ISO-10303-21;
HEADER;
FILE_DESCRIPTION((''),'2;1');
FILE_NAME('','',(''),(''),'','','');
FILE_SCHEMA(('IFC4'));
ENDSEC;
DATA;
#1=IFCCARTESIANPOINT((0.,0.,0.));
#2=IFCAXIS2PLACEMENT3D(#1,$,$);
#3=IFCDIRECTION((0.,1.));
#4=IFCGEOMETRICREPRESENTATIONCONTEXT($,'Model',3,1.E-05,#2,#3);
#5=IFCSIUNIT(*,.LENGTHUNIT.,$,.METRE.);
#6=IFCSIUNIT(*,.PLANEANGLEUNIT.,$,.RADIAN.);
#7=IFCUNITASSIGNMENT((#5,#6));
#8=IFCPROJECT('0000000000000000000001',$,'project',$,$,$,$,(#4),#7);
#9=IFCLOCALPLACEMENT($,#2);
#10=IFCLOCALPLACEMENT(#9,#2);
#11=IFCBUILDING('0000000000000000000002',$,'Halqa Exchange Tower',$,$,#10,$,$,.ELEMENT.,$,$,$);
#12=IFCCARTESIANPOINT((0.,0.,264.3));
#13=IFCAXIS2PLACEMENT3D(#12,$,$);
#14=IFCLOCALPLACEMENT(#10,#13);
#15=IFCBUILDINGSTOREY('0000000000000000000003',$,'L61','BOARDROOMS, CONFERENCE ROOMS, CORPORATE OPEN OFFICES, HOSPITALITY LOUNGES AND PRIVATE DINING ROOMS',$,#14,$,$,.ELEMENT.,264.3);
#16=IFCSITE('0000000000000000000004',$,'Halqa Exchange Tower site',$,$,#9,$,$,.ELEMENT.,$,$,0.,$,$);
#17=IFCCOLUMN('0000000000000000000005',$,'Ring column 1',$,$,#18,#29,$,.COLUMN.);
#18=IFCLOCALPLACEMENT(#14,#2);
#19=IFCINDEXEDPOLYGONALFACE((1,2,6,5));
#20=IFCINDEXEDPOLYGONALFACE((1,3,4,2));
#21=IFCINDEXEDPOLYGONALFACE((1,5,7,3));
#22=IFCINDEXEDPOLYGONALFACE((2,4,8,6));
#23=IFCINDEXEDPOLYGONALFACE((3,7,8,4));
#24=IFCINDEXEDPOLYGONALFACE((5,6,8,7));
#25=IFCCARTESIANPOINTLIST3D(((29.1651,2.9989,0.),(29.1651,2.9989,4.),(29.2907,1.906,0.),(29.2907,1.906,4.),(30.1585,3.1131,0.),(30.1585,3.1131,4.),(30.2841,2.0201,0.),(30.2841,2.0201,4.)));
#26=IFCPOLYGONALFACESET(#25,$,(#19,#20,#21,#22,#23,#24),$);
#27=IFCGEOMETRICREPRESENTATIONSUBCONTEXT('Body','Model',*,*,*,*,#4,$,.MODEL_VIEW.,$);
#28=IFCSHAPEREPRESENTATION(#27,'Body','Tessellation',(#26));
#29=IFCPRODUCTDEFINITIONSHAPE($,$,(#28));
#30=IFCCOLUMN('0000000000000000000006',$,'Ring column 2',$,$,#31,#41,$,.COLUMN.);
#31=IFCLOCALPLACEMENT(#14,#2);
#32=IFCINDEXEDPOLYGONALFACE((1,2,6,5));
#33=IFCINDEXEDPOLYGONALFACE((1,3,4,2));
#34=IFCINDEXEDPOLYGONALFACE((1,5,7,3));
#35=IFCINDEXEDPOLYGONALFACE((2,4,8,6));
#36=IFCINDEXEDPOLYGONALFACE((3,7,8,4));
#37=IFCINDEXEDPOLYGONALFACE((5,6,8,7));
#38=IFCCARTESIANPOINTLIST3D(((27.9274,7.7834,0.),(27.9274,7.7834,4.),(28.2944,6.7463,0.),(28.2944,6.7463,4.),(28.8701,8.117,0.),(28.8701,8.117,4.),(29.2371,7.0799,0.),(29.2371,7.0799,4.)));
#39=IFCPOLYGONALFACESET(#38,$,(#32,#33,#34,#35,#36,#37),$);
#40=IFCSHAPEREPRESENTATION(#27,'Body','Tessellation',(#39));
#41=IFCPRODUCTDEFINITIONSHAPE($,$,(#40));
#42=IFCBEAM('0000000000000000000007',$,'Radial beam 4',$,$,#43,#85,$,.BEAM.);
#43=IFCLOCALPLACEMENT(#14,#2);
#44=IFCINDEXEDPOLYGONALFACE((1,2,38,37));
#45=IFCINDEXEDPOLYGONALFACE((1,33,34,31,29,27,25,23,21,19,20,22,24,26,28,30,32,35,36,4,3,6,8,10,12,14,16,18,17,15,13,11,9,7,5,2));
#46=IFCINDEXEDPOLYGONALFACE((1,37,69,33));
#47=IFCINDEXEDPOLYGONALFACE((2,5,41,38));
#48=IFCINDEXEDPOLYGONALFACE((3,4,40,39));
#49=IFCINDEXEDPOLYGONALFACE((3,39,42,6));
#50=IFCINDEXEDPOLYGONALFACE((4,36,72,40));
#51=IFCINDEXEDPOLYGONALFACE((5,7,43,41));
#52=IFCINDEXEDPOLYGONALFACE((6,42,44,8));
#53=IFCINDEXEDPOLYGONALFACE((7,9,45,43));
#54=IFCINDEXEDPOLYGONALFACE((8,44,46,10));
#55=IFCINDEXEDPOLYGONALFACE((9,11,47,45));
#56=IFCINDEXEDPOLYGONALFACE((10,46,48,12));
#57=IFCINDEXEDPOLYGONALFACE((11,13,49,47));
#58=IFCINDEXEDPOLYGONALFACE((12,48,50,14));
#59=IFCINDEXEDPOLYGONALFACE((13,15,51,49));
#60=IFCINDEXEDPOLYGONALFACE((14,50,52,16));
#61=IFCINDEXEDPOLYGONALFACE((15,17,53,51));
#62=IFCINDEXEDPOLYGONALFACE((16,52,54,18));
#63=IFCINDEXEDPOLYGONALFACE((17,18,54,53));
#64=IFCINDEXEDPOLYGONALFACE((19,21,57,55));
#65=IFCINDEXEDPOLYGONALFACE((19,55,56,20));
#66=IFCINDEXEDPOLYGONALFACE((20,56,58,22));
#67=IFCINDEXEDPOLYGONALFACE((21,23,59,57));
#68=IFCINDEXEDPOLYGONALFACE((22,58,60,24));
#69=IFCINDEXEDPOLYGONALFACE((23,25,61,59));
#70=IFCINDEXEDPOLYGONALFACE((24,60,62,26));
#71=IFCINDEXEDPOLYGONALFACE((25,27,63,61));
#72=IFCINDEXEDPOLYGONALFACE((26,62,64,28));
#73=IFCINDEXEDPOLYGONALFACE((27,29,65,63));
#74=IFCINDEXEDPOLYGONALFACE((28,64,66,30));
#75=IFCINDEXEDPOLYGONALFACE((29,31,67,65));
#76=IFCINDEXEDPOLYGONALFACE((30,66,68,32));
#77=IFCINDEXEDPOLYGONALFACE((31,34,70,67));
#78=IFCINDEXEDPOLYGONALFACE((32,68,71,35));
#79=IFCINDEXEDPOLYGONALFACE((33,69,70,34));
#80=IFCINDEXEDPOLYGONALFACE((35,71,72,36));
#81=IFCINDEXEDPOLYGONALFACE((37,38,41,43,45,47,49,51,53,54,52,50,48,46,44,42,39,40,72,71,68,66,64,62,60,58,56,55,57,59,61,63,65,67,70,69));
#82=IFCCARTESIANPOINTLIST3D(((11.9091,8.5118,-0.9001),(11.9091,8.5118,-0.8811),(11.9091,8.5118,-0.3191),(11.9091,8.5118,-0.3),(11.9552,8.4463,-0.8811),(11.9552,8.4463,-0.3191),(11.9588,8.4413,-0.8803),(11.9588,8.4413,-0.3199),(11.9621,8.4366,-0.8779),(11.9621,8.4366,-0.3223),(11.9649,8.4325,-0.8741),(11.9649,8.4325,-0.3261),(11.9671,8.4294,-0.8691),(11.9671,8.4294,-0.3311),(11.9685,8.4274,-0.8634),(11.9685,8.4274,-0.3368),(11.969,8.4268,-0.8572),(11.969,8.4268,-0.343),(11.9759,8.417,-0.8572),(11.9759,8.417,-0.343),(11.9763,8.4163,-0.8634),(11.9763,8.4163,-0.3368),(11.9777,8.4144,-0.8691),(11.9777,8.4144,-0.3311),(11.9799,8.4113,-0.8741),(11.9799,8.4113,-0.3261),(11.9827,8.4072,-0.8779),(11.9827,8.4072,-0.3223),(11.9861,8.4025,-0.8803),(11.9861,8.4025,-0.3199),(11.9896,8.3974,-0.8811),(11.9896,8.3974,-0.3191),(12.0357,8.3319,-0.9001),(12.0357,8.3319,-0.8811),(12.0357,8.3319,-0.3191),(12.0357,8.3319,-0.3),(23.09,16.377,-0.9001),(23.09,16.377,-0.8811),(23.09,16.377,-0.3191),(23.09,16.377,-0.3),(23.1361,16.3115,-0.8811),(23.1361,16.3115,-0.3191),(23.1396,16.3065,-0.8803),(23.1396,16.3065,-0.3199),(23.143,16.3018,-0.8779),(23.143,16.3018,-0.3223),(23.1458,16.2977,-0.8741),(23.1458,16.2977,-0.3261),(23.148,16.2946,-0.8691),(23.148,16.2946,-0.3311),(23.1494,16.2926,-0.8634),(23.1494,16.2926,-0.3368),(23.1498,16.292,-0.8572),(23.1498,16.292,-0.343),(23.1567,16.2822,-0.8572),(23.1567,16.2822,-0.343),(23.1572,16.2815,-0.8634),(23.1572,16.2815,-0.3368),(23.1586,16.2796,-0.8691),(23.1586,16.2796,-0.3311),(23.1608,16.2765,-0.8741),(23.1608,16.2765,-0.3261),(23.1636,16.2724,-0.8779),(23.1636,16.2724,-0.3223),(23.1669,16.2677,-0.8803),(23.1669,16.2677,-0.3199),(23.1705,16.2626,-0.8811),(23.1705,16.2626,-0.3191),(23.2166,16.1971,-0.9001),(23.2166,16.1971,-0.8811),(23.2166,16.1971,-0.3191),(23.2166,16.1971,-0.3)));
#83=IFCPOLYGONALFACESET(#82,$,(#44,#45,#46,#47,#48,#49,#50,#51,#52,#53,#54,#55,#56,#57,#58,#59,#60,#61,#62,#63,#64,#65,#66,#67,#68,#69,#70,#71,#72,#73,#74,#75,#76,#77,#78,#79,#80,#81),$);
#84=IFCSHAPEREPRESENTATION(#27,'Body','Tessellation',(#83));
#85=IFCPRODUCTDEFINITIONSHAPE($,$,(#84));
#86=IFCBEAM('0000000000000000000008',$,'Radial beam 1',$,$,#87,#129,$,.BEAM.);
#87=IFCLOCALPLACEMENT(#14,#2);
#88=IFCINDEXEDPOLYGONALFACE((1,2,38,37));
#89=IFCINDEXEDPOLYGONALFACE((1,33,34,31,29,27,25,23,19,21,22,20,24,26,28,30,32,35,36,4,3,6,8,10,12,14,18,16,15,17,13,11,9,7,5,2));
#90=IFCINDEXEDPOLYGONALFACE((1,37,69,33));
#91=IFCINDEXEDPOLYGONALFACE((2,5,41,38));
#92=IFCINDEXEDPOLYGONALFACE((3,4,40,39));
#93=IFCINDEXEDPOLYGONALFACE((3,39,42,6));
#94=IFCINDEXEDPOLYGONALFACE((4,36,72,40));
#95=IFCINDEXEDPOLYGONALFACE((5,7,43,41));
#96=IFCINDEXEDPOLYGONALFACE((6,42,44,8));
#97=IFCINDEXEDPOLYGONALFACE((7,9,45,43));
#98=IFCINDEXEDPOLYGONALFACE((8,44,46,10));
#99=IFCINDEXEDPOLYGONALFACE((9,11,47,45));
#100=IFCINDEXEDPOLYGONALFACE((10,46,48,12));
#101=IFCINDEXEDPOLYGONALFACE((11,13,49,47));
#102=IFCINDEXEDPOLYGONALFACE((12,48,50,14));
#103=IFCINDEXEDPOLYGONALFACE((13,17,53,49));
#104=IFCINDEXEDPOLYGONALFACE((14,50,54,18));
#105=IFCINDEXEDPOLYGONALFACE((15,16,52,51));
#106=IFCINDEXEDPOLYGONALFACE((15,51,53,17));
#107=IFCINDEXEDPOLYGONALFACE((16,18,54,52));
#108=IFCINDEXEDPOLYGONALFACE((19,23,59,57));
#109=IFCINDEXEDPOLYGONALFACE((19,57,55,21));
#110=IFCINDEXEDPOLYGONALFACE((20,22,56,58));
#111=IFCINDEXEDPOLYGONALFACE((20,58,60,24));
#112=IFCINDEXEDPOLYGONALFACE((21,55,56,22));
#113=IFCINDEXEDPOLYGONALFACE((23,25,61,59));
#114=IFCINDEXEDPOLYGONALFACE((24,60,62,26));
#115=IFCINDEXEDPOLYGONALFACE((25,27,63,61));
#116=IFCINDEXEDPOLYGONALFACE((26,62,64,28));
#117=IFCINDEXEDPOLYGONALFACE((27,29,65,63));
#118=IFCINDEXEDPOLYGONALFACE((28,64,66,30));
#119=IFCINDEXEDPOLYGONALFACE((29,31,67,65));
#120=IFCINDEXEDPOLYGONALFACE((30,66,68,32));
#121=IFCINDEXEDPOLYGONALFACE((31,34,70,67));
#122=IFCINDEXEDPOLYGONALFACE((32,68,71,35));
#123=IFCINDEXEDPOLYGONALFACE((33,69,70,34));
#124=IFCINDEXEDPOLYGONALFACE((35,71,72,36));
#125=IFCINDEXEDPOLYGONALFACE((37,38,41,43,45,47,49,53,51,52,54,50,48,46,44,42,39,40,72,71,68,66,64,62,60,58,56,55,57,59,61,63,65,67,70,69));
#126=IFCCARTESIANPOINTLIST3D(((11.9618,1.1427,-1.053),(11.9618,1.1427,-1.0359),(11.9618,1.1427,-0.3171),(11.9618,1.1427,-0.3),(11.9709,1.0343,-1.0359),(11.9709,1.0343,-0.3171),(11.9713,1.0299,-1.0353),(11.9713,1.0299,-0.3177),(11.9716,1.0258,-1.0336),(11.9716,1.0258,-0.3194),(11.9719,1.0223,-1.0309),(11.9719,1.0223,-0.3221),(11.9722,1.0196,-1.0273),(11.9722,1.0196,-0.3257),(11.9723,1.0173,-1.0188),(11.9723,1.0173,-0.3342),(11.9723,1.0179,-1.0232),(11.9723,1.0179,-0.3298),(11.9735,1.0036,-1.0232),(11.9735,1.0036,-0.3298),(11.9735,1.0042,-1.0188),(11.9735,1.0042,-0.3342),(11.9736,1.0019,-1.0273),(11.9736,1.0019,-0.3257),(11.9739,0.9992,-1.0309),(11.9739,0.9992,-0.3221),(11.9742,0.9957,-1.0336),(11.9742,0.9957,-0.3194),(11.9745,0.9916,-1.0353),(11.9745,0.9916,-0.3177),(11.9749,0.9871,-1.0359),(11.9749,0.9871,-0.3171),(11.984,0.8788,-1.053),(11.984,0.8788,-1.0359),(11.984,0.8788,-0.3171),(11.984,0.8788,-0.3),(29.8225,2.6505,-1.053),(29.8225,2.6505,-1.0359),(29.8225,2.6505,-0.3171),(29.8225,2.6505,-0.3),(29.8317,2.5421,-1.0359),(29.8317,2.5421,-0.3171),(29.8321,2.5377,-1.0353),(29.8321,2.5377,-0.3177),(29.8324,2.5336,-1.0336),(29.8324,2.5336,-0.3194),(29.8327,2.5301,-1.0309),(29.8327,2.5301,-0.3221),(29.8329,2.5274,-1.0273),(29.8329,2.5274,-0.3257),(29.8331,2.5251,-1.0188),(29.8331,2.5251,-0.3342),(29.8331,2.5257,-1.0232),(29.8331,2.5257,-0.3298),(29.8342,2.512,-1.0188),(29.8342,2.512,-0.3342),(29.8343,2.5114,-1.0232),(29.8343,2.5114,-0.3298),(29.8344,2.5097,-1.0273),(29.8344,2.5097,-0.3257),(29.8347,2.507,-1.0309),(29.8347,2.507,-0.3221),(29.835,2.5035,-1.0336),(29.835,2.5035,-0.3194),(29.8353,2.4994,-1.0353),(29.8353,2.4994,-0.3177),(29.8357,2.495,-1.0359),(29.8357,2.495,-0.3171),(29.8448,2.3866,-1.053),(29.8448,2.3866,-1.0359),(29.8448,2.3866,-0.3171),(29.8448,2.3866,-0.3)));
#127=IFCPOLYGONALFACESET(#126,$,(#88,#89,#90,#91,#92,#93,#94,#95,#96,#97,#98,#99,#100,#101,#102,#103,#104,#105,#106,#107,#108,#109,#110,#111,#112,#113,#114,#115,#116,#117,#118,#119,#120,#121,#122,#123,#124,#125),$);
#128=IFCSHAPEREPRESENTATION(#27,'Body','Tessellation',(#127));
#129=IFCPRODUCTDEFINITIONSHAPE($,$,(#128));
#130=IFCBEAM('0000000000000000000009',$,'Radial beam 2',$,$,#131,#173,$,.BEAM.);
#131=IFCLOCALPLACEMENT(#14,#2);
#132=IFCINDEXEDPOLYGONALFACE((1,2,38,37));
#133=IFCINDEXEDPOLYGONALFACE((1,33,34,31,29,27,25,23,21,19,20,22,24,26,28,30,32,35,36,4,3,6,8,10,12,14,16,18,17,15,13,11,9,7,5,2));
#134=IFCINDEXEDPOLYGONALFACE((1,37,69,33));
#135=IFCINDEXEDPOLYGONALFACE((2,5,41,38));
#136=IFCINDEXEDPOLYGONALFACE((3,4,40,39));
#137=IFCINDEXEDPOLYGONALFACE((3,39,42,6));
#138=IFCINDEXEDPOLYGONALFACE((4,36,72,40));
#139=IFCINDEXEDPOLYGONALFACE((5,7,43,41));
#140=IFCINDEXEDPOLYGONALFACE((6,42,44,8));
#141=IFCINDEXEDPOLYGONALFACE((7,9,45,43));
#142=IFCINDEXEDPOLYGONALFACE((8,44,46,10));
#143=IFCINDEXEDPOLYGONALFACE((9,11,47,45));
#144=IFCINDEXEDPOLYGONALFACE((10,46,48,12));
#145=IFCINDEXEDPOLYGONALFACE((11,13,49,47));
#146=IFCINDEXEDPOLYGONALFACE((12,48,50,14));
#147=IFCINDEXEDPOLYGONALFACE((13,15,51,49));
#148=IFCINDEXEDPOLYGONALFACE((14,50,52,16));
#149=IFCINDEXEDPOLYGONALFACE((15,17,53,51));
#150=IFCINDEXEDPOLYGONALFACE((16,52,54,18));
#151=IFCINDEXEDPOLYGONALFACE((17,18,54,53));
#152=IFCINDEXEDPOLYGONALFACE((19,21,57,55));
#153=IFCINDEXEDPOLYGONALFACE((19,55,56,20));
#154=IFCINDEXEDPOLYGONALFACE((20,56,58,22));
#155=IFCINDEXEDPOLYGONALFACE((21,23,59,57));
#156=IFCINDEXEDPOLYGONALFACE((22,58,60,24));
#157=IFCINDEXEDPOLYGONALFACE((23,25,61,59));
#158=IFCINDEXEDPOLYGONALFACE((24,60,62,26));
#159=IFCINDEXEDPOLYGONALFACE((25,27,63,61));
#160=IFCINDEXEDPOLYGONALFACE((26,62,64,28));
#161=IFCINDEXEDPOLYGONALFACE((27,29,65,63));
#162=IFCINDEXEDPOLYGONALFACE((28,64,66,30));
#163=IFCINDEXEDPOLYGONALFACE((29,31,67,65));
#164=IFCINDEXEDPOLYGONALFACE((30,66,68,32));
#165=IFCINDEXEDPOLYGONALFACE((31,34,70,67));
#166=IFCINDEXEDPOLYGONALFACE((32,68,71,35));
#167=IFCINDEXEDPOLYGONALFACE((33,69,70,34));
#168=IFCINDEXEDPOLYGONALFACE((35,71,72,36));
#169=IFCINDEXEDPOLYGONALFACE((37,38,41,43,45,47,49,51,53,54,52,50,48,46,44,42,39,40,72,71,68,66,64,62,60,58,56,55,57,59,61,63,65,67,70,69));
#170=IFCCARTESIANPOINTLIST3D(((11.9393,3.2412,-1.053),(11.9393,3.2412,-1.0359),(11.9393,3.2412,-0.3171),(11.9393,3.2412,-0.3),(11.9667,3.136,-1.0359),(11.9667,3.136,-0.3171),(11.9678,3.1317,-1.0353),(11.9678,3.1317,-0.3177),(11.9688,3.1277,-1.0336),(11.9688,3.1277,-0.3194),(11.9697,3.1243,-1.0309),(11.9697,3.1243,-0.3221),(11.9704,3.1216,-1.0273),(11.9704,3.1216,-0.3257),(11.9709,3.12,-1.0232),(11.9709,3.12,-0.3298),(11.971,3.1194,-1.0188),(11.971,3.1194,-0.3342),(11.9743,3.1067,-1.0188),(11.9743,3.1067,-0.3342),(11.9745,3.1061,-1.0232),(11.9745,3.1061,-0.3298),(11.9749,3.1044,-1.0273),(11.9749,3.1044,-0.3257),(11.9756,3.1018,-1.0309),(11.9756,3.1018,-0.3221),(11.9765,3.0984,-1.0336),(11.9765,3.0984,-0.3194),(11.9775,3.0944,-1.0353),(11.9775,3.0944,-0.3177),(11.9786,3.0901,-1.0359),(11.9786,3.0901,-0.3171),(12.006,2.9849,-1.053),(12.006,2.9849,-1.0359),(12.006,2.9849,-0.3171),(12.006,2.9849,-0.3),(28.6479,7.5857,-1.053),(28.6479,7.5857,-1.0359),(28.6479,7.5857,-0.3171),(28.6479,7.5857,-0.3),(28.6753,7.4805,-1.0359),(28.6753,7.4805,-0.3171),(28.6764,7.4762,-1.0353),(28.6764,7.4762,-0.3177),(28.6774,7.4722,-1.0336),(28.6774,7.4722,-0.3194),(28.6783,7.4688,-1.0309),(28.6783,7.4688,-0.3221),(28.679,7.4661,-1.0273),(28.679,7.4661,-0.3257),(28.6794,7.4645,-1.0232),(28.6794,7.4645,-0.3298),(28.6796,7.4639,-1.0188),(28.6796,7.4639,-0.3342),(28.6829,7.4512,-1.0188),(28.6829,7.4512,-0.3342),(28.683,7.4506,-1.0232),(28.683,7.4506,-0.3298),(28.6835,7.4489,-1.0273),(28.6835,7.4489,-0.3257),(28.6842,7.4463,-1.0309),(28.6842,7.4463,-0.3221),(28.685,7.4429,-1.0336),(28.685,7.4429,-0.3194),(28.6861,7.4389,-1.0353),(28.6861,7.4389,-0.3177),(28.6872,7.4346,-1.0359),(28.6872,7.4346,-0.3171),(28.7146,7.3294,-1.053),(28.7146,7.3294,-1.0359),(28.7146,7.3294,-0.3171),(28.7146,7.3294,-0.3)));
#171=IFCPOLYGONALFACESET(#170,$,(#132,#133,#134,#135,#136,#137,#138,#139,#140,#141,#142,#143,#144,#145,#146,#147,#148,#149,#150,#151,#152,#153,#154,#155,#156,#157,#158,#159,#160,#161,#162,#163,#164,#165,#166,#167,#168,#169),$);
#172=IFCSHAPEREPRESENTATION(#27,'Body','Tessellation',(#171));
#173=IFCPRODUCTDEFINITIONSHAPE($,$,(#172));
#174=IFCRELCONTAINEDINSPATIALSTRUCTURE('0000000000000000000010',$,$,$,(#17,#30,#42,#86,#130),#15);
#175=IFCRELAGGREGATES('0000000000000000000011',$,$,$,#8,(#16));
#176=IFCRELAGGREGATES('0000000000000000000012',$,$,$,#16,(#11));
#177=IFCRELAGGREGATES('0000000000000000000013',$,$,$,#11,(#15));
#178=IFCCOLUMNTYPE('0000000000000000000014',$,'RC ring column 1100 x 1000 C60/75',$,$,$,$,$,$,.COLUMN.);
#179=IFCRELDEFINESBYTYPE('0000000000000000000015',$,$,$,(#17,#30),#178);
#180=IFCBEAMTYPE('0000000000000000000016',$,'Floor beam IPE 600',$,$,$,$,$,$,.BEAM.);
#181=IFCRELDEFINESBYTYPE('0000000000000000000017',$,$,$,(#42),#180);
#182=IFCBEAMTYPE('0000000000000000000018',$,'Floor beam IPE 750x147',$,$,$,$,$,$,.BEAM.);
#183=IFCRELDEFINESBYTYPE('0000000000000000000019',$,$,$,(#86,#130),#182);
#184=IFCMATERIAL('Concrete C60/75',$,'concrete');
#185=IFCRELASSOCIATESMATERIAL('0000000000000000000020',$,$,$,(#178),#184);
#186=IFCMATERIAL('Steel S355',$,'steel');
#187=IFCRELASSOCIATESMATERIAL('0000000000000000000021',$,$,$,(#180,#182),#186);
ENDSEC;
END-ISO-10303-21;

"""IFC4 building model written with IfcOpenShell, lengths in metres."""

from ifc_helpers import new_model, si_unit, direction, frame, origin, origin_2d, place, context, subcontext, project, spatial, rectangle, i_section, extrude, material, material_profile, profile_set, type_object, element, save


model = new_model("IFC4")

# Units and contexts
model_context = context("Model", 3, precision=1e-05, world=origin(), true_north=direction((0.0, 1.0)))
body_context = subcontext(model_context, "Body", "Model", "MODEL_VIEW")
ifc_project = project(units=[si_unit("LENGTHUNIT", "METRE"), si_unit("PLANEANGLEUNIT", "RADIAN")], contexts=[model_context])

# Site, building, storey
site_placement = place(None, origin())
site = spatial("IfcSite", under=ifc_project, at=site_placement, Name="Halqa Exchange Tower site", CompositionType="ELEMENT", RefElevation=0.0)
building_placement = place(site_placement, origin())
building = spatial("IfcBuilding", under=site, at=building_placement, Name="Halqa Exchange Tower", CompositionType="ELEMENT")
storey_placement = place(building_placement, frame((0.0, 0.0, 264.3)))
storey = spatial("IfcBuildingStorey", under=building, at=storey_placement, Name="L61", Description="BOARDROOMS, CONFERENCE ROOMS, CORPORATE OPEN OFFICES, HOSPITALITY LOUNGES AND PRIVATE DINING ROOMS", CompositionType="ELEMENT", Elevation=264.3)

# Columns
ifc_material_1 = material(Name="Concrete C60/75", Category="concrete")
ifc_material_profile_1 = material_profile(ifc_material_1, rectangle(XDim=1.1001, YDim=1.0, at=origin_2d()), Name="1100 x 1000")
ifc_profile_set_1 = profile_set([ifc_material_profile_1], Name="Concrete C60/75")
column_type = type_object("IfcColumnType", Name="RC ring column 1100 x 1000 C60/75", PredefinedType="COLUMN", material=ifc_profile_set_1)
for number, where, z_axis, x_axis, name in (
    (1, (29.7246, 2.5095, 0.0), (0.0, 0.0, 1.0), (-0.114155, 0.993463, 0.0), "Ring column 1"),
    (2, (28.5823, 7.4316, 0.0), (0.0, 0.0, 1.0), (-0.333628, 0.942705, 0.0), "Ring column 2"),
):
    element("IfcColumn", number, at=place(storey_placement, frame(where, z_axis=z_axis, x_axis=x_axis)), inside=storey, type_object=column_type, Name=name, PredefinedType="COLUMN", context=body_context, shape_type="SweptSolid", body=[
        extrude(rectangle(XDim=1.1001, YDim=1.0, at=origin_2d()), origin(), (0.0, 0.0, 1.0), 4.0),
    ])

# Beams
ifc_material_2 = material(Name="Steel S355", Category="steel")
ifc_material_profile_2 = material_profile(ifc_material_2, i_section(OverallWidth=0.22, OverallDepth=0.6001, WebThickness=0.012, FlangeThickness=0.019, FilletRadius=0.0239, at=origin_2d()), Name="IPE 600")
ifc_profile_set_2 = profile_set([ifc_material_profile_2], Name="Steel S355")
beam_type_1 = type_object("IfcBeamType", Name="Floor beam IPE 600", PredefinedType="BEAM", material=ifc_profile_set_2)
beam_1_placement = place(storey_placement, frame((11.9724, 8.4219, -0.6001), z_axis=(0.817903, 0.575356, 0.0), x_axis=(-0.575356, 0.817903, 0.0)))
element("IfcBeam", 3, at=beam_1_placement, inside=storey, type_object=beam_type_1, Name="Radial beam 4", PredefinedType="BEAM", context=body_context, shape_type="SweptSolid", body=[
    extrude(i_section(OverallWidth=0.22, OverallDepth=0.6001, WebThickness=0.012, FlangeThickness=0.019, FilletRadius=0.0239, at=origin_2d()), origin(), (0.0, 0.0, 1.0), 13.6702),
])
ifc_material_profile_3 = material_profile(ifc_material_2, i_section(OverallWidth=0.2649, OverallDepth=0.7529, WebThickness=0.0132, FlangeThickness=0.0171, FilletRadius=0.0171, at=origin_2d()), Name="IPE 750x147")
ifc_profile_set_3 = profile_set([ifc_material_profile_3], Name="Steel S355")
beam_type_2 = type_object("IfcBeamType", Name="Floor beam IPE 750x147", PredefinedType="BEAM", material=ifc_profile_set_3)
beam_2_placement = place(storey_placement, frame((11.9729, 1.0107, -0.6765), z_axis=(0.996456, 0.084121, 0.0), x_axis=(-0.084121, 0.996456, 0.0)))
element("IfcBeam", 4, at=beam_2_placement, inside=storey, type_object=beam_type_2, Name="Radial beam 1", PredefinedType="BEAM", context=body_context, shape_type="SweptSolid", body=[
    extrude(i_section(OverallWidth=0.2649, OverallDepth=0.7529, WebThickness=0.0132, FlangeThickness=0.0171, FilletRadius=0.0171, at=origin_2d()), origin(), (0.0, 0.0, 1.0), 17.9243),
])
beam_3_placement = place(storey_placement, frame((11.9727, 3.113, -0.6765), z_axis=(0.967819, 0.251649, 0.0), x_axis=(-0.251649, 0.967819, 0.0)))
element("IfcBeam", 5, at=beam_3_placement, inside=storey, type_object=beam_type_2, Name="Radial beam 2", PredefinedType="BEAM", context=body_context, shape_type="SweptSolid", body=[
    extrude(i_section(OverallWidth=0.2649, OverallDepth=0.7529, WebThickness=0.0132, FlangeThickness=0.0171, FilletRadius=0.0171, at=origin_2d()), origin(), (0.0, 0.0, 1.0), 17.2642),
])

save(model, "model.ifc")
